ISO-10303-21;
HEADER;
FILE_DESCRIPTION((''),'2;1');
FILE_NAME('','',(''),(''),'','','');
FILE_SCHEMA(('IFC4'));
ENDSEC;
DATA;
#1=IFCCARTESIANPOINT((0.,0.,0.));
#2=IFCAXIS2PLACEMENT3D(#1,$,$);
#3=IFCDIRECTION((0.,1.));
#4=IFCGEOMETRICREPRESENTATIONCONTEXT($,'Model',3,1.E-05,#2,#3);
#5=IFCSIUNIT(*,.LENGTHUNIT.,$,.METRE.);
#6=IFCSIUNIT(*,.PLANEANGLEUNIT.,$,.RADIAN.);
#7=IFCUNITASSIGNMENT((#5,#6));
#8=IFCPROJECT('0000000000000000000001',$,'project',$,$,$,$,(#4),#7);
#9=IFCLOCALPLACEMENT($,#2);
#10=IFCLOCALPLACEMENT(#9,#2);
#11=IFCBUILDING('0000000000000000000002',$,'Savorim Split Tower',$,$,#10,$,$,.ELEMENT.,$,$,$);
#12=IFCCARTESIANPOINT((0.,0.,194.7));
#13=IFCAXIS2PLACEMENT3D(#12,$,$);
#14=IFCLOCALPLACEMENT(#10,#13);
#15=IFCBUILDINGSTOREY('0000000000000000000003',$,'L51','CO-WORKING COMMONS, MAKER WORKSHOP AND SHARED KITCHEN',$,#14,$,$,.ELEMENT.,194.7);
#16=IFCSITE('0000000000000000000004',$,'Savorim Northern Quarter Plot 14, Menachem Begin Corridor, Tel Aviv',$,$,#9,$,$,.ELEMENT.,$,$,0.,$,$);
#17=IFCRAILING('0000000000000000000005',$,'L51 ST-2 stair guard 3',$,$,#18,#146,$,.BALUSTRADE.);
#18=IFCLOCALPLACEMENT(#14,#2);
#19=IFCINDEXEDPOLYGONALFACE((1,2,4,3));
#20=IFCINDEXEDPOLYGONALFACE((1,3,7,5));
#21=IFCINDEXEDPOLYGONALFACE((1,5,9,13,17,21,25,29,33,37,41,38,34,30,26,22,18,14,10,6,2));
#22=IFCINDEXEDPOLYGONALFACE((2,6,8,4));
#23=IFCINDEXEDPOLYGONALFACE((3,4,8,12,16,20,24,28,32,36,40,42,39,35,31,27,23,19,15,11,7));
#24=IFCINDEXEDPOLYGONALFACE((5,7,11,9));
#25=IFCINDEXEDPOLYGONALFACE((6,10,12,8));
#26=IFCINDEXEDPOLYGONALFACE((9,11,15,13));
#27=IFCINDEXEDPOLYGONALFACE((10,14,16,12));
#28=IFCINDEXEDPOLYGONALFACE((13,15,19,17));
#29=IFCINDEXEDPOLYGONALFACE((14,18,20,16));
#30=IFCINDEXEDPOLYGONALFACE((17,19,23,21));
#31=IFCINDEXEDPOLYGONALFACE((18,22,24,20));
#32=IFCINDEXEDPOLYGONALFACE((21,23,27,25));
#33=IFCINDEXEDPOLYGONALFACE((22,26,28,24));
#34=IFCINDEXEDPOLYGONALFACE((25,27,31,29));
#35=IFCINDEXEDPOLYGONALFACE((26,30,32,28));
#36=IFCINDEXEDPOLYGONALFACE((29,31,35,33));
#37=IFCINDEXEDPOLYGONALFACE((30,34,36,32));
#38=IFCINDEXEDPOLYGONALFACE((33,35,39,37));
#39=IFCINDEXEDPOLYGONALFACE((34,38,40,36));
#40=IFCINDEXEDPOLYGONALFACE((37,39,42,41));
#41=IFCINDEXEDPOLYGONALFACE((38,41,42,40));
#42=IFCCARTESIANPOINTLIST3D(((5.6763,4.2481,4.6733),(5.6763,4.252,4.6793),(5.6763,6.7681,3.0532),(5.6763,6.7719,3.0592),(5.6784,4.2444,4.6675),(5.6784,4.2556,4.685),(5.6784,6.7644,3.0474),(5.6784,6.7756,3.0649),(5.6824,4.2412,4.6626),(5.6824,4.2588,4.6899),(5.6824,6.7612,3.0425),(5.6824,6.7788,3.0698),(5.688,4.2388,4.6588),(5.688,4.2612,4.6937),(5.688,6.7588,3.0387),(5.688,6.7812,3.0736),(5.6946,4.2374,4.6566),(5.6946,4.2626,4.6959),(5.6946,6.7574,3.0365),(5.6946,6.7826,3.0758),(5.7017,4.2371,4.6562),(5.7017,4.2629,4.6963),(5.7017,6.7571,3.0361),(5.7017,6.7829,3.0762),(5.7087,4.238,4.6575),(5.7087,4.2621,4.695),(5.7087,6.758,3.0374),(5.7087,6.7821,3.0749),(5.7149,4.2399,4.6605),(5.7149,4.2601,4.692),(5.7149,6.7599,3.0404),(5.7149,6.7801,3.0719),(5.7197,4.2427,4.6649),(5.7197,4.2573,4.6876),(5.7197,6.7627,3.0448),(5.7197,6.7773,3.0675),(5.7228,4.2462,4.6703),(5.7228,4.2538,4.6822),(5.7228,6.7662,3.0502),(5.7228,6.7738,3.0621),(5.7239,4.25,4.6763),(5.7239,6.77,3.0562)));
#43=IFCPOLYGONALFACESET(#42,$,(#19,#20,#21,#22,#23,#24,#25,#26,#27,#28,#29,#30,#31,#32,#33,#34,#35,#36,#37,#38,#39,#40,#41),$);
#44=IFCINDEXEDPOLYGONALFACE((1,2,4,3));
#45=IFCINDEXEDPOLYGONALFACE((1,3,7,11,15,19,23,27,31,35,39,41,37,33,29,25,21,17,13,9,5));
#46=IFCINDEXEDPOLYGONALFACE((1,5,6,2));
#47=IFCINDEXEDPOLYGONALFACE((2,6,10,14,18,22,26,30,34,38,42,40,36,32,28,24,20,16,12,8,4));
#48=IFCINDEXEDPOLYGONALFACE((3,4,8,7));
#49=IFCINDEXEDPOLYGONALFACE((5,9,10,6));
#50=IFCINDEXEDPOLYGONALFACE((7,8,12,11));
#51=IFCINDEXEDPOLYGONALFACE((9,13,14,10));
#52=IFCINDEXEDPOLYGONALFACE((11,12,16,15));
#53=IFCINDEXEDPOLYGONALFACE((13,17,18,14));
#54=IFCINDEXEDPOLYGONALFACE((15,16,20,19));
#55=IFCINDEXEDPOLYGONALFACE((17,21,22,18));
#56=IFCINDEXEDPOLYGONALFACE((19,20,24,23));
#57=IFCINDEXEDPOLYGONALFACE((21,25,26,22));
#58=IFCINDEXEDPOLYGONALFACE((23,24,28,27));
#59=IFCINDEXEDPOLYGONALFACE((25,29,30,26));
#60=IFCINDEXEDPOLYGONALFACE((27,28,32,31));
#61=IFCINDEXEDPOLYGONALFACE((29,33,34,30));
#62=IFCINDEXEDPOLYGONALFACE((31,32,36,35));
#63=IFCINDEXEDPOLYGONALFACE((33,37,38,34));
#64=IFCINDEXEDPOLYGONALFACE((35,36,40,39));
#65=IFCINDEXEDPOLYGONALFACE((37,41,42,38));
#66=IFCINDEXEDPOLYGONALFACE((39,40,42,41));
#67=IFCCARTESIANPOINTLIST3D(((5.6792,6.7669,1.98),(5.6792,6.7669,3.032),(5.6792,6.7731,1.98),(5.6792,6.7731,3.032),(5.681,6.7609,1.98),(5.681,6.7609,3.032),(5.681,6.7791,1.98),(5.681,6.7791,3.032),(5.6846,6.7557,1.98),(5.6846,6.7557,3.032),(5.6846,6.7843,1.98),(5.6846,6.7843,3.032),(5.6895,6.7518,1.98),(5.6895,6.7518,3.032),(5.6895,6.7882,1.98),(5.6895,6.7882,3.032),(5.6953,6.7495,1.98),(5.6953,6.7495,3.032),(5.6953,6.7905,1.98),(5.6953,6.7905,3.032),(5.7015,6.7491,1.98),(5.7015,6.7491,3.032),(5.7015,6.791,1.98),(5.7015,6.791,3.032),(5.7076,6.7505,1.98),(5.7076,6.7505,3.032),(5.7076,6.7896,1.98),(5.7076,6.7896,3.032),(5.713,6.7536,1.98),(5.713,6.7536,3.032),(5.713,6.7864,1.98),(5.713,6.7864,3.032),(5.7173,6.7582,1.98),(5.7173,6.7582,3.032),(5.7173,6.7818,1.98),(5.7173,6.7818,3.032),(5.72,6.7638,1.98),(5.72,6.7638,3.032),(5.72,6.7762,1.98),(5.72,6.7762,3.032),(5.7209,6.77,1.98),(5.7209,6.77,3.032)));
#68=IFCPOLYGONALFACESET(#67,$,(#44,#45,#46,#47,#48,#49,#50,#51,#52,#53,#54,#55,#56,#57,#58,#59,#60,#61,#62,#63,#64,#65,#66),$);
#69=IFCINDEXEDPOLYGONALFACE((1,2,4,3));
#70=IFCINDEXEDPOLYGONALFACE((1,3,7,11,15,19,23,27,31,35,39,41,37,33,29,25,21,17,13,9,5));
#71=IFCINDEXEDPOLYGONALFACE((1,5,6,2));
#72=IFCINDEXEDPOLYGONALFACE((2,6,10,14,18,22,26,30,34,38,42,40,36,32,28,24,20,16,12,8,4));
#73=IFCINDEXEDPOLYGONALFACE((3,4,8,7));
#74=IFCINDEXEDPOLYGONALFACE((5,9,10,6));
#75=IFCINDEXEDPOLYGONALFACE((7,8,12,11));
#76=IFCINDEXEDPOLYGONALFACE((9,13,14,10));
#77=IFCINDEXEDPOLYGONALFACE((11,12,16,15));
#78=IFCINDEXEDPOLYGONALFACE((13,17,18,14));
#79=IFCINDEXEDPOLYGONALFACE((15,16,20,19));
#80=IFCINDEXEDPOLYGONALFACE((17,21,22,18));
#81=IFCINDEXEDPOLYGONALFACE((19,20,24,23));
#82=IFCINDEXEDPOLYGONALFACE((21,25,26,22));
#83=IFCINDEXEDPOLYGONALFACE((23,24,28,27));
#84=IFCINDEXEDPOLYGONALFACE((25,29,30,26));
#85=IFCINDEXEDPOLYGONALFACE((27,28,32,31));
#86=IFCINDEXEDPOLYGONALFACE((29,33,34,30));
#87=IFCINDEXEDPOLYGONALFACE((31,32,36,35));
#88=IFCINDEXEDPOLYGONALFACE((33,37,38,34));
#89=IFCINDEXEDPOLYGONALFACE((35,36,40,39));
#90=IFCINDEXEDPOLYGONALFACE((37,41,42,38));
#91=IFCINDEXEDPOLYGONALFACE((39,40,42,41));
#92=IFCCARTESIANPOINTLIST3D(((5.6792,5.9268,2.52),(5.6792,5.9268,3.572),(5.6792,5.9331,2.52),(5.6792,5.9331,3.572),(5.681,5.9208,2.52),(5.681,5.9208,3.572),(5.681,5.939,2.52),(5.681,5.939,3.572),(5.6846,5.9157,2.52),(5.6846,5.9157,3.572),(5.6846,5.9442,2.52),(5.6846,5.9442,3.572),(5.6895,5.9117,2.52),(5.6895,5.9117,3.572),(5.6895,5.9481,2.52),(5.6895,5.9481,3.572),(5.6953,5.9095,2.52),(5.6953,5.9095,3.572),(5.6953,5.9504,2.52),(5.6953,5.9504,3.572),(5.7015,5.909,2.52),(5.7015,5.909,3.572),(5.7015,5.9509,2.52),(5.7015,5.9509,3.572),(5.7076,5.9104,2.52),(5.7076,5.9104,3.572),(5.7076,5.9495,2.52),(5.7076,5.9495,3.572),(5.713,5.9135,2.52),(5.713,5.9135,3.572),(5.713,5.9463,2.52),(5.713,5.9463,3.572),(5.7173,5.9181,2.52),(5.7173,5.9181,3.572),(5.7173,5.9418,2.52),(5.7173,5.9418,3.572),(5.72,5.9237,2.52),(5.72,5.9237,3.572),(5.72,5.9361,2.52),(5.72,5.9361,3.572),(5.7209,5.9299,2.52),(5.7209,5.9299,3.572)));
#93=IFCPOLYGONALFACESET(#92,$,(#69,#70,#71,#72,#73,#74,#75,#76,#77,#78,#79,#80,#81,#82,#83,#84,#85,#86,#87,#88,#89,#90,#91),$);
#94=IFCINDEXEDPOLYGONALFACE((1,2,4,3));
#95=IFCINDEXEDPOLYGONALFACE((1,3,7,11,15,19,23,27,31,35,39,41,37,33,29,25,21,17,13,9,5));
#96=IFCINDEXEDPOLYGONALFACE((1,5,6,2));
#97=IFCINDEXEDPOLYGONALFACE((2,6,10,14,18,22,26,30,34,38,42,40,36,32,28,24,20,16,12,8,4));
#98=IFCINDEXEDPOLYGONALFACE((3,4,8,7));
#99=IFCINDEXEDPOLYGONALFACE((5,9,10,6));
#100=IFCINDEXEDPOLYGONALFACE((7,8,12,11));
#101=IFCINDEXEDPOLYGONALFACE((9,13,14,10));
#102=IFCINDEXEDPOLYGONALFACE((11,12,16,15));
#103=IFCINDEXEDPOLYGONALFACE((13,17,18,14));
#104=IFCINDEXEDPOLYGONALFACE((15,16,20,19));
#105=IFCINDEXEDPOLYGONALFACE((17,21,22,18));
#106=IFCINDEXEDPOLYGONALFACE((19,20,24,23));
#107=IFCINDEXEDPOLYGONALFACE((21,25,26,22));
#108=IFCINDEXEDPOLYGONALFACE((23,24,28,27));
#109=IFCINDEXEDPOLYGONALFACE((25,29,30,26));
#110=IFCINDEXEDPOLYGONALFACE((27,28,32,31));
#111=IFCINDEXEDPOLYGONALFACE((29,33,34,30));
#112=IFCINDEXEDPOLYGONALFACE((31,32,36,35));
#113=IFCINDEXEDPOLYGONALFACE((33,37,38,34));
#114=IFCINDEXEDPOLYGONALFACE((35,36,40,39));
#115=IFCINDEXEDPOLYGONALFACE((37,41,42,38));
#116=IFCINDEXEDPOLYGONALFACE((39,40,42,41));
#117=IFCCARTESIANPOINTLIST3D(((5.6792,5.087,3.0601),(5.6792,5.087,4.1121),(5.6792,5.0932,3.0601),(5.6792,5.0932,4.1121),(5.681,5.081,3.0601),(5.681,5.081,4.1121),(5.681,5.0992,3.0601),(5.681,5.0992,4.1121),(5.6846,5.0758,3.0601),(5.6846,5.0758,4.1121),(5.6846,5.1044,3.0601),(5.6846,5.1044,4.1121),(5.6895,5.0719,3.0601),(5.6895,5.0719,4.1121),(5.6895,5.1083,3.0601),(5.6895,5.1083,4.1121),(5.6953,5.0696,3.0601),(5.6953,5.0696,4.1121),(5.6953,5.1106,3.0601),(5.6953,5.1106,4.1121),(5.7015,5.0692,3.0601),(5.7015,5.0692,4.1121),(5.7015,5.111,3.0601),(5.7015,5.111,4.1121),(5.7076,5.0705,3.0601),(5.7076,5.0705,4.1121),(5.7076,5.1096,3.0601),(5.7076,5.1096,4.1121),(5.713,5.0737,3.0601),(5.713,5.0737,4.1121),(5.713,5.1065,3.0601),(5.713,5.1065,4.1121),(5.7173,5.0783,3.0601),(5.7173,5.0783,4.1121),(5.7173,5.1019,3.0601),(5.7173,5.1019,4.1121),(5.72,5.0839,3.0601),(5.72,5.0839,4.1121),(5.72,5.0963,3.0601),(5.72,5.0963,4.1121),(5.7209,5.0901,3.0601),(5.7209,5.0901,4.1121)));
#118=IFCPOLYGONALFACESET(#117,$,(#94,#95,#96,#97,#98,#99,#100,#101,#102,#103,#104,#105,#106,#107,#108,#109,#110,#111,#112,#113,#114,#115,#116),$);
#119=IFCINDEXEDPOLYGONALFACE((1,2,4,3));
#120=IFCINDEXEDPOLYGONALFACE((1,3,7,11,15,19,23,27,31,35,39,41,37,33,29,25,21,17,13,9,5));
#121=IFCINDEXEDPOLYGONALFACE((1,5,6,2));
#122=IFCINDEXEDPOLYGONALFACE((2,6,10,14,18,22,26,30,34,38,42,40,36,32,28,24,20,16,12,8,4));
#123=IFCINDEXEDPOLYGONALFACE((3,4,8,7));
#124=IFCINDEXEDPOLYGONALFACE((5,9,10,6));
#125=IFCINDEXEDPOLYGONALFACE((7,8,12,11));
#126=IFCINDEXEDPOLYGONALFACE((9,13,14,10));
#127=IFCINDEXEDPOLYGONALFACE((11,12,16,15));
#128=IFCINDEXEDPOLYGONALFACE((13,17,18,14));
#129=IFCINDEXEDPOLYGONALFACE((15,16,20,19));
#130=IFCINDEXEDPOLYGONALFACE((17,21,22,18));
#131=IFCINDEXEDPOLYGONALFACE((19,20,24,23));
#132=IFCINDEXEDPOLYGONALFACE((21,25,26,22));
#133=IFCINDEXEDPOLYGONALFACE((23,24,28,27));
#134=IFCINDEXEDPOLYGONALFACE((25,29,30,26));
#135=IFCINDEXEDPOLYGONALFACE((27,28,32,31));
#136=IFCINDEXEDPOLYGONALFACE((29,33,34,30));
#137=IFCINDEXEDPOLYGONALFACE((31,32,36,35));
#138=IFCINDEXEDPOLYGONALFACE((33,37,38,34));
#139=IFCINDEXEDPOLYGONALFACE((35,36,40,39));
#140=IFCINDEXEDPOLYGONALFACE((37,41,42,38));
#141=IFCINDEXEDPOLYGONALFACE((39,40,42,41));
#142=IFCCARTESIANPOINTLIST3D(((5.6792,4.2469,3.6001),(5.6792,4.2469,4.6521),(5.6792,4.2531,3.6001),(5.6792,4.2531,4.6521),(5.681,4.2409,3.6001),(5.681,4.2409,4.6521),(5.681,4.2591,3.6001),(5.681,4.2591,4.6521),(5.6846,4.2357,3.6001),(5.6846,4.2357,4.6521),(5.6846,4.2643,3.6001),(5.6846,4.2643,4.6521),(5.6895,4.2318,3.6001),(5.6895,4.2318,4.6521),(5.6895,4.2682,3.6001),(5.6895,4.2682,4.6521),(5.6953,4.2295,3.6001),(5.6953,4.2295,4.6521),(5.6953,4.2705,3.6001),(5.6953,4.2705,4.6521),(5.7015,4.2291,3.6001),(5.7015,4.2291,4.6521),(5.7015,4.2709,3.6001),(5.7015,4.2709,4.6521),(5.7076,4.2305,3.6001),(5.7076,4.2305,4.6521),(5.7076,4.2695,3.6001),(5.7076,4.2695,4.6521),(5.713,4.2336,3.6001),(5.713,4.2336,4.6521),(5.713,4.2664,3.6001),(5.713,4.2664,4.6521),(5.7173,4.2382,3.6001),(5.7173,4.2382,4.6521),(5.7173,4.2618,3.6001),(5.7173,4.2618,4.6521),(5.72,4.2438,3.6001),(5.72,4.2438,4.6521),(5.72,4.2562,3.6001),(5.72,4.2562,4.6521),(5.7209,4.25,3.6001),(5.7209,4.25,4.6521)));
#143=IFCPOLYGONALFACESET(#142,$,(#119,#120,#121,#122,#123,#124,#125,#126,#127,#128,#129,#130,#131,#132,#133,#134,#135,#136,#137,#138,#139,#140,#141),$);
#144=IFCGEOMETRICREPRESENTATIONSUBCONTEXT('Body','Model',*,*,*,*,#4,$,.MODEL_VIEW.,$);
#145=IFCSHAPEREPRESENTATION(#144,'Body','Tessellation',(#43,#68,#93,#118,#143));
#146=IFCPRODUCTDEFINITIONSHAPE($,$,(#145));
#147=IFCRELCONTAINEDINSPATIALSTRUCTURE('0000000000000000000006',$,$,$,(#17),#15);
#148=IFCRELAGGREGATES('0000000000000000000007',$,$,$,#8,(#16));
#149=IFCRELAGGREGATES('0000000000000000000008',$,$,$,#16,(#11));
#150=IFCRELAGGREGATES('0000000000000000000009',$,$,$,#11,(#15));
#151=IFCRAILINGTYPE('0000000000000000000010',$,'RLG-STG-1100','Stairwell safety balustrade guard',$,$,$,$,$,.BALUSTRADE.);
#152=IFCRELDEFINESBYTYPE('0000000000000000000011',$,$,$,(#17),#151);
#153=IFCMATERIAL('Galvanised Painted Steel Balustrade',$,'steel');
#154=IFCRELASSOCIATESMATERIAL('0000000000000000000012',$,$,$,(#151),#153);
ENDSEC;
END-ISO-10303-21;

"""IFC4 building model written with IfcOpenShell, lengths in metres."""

from ifc_helpers import new_model, si_unit, direction, frame, origin, origin_2d, place, context, subcontext, project, spatial, circle, extrude, material, type_object, element, save


model = new_model("IFC4")

# Units and contexts
model_context = context("Model", 3, precision=1e-05, world=origin(), true_north=direction((0.0, 1.0)))
body_context = subcontext(model_context, "Body", "Model", "MODEL_VIEW")
ifc_project = project(units=[si_unit("LENGTHUNIT", "METRE"), si_unit("PLANEANGLEUNIT", "RADIAN")], contexts=[model_context])

# Site, building, storey
site_placement = place(None, origin())
site = spatial("IfcSite", under=ifc_project, at=site_placement, Name="Savorim Northern Quarter Plot 14, Menachem Begin Corridor, Tel Aviv", CompositionType="ELEMENT", RefElevation=0.0)
building_placement = place(site_placement, origin())
building = spatial("IfcBuilding", under=site, at=building_placement, Name="Savorim Split Tower", CompositionType="ELEMENT")
storey_placement = place(building_placement, frame((0.0, 0.0, 194.7)))
storey = spatial("IfcBuildingStorey", under=building, at=storey_placement, Name="L51", Description="CO-WORKING COMMONS, MAKER WORKSHOP AND SHARED KITCHEN", CompositionType="ELEMENT", Elevation=194.7)

# Railing
ifc_material_1 = material(Name="Galvanised Painted Steel Balustrade", Category="steel")
railing_type_1 = type_object("IfcRailingType", Name="RLG-STG-1100", Description="Stairwell safety balustrade guard", PredefinedType="BALUSTRADE", material=ifc_material_1)
railing_1_placement = place(storey_placement, frame((5.7, 6.77, 1.98)))
element("IfcRailing", 1, at=railing_1_placement, inside=storey, type_object=railing_type_1, Name="L51 ST-2 stair guard 3", PredefinedType="BALUSTRADE", context=body_context, shape_type="SweptSolid", body=[
    extrude(circle(Radius=0.0239, at=origin_2d()), frame((0.0, 0.0, 1.0762), z_axis=(0.0, -0.841163, 0.540782), x_axis=(1.0, 0.0, 0.0)), (0.0, 0.0, 1.0), 2.9958),
    extrude(circle(Radius=0.021, at=origin_2d()), origin(), (0.0, 0.0, 1.0), 1.052),
    extrude(circle(Radius=0.021, at=origin_2d()), frame((0.0, -0.8401, 0.54)), (0.0, 0.0, 1.0), 1.052),
    extrude(circle(Radius=0.021, at=origin_2d()), frame((0.0, -1.6799, 1.0801)), (0.0, 0.0, 1.0), 1.052),
    extrude(circle(Radius=0.021, at=origin_2d()), frame((0.0, -2.52, 1.6201)), (0.0, 0.0, 1.0), 1.052),
])

save(model, "model.ifc")
